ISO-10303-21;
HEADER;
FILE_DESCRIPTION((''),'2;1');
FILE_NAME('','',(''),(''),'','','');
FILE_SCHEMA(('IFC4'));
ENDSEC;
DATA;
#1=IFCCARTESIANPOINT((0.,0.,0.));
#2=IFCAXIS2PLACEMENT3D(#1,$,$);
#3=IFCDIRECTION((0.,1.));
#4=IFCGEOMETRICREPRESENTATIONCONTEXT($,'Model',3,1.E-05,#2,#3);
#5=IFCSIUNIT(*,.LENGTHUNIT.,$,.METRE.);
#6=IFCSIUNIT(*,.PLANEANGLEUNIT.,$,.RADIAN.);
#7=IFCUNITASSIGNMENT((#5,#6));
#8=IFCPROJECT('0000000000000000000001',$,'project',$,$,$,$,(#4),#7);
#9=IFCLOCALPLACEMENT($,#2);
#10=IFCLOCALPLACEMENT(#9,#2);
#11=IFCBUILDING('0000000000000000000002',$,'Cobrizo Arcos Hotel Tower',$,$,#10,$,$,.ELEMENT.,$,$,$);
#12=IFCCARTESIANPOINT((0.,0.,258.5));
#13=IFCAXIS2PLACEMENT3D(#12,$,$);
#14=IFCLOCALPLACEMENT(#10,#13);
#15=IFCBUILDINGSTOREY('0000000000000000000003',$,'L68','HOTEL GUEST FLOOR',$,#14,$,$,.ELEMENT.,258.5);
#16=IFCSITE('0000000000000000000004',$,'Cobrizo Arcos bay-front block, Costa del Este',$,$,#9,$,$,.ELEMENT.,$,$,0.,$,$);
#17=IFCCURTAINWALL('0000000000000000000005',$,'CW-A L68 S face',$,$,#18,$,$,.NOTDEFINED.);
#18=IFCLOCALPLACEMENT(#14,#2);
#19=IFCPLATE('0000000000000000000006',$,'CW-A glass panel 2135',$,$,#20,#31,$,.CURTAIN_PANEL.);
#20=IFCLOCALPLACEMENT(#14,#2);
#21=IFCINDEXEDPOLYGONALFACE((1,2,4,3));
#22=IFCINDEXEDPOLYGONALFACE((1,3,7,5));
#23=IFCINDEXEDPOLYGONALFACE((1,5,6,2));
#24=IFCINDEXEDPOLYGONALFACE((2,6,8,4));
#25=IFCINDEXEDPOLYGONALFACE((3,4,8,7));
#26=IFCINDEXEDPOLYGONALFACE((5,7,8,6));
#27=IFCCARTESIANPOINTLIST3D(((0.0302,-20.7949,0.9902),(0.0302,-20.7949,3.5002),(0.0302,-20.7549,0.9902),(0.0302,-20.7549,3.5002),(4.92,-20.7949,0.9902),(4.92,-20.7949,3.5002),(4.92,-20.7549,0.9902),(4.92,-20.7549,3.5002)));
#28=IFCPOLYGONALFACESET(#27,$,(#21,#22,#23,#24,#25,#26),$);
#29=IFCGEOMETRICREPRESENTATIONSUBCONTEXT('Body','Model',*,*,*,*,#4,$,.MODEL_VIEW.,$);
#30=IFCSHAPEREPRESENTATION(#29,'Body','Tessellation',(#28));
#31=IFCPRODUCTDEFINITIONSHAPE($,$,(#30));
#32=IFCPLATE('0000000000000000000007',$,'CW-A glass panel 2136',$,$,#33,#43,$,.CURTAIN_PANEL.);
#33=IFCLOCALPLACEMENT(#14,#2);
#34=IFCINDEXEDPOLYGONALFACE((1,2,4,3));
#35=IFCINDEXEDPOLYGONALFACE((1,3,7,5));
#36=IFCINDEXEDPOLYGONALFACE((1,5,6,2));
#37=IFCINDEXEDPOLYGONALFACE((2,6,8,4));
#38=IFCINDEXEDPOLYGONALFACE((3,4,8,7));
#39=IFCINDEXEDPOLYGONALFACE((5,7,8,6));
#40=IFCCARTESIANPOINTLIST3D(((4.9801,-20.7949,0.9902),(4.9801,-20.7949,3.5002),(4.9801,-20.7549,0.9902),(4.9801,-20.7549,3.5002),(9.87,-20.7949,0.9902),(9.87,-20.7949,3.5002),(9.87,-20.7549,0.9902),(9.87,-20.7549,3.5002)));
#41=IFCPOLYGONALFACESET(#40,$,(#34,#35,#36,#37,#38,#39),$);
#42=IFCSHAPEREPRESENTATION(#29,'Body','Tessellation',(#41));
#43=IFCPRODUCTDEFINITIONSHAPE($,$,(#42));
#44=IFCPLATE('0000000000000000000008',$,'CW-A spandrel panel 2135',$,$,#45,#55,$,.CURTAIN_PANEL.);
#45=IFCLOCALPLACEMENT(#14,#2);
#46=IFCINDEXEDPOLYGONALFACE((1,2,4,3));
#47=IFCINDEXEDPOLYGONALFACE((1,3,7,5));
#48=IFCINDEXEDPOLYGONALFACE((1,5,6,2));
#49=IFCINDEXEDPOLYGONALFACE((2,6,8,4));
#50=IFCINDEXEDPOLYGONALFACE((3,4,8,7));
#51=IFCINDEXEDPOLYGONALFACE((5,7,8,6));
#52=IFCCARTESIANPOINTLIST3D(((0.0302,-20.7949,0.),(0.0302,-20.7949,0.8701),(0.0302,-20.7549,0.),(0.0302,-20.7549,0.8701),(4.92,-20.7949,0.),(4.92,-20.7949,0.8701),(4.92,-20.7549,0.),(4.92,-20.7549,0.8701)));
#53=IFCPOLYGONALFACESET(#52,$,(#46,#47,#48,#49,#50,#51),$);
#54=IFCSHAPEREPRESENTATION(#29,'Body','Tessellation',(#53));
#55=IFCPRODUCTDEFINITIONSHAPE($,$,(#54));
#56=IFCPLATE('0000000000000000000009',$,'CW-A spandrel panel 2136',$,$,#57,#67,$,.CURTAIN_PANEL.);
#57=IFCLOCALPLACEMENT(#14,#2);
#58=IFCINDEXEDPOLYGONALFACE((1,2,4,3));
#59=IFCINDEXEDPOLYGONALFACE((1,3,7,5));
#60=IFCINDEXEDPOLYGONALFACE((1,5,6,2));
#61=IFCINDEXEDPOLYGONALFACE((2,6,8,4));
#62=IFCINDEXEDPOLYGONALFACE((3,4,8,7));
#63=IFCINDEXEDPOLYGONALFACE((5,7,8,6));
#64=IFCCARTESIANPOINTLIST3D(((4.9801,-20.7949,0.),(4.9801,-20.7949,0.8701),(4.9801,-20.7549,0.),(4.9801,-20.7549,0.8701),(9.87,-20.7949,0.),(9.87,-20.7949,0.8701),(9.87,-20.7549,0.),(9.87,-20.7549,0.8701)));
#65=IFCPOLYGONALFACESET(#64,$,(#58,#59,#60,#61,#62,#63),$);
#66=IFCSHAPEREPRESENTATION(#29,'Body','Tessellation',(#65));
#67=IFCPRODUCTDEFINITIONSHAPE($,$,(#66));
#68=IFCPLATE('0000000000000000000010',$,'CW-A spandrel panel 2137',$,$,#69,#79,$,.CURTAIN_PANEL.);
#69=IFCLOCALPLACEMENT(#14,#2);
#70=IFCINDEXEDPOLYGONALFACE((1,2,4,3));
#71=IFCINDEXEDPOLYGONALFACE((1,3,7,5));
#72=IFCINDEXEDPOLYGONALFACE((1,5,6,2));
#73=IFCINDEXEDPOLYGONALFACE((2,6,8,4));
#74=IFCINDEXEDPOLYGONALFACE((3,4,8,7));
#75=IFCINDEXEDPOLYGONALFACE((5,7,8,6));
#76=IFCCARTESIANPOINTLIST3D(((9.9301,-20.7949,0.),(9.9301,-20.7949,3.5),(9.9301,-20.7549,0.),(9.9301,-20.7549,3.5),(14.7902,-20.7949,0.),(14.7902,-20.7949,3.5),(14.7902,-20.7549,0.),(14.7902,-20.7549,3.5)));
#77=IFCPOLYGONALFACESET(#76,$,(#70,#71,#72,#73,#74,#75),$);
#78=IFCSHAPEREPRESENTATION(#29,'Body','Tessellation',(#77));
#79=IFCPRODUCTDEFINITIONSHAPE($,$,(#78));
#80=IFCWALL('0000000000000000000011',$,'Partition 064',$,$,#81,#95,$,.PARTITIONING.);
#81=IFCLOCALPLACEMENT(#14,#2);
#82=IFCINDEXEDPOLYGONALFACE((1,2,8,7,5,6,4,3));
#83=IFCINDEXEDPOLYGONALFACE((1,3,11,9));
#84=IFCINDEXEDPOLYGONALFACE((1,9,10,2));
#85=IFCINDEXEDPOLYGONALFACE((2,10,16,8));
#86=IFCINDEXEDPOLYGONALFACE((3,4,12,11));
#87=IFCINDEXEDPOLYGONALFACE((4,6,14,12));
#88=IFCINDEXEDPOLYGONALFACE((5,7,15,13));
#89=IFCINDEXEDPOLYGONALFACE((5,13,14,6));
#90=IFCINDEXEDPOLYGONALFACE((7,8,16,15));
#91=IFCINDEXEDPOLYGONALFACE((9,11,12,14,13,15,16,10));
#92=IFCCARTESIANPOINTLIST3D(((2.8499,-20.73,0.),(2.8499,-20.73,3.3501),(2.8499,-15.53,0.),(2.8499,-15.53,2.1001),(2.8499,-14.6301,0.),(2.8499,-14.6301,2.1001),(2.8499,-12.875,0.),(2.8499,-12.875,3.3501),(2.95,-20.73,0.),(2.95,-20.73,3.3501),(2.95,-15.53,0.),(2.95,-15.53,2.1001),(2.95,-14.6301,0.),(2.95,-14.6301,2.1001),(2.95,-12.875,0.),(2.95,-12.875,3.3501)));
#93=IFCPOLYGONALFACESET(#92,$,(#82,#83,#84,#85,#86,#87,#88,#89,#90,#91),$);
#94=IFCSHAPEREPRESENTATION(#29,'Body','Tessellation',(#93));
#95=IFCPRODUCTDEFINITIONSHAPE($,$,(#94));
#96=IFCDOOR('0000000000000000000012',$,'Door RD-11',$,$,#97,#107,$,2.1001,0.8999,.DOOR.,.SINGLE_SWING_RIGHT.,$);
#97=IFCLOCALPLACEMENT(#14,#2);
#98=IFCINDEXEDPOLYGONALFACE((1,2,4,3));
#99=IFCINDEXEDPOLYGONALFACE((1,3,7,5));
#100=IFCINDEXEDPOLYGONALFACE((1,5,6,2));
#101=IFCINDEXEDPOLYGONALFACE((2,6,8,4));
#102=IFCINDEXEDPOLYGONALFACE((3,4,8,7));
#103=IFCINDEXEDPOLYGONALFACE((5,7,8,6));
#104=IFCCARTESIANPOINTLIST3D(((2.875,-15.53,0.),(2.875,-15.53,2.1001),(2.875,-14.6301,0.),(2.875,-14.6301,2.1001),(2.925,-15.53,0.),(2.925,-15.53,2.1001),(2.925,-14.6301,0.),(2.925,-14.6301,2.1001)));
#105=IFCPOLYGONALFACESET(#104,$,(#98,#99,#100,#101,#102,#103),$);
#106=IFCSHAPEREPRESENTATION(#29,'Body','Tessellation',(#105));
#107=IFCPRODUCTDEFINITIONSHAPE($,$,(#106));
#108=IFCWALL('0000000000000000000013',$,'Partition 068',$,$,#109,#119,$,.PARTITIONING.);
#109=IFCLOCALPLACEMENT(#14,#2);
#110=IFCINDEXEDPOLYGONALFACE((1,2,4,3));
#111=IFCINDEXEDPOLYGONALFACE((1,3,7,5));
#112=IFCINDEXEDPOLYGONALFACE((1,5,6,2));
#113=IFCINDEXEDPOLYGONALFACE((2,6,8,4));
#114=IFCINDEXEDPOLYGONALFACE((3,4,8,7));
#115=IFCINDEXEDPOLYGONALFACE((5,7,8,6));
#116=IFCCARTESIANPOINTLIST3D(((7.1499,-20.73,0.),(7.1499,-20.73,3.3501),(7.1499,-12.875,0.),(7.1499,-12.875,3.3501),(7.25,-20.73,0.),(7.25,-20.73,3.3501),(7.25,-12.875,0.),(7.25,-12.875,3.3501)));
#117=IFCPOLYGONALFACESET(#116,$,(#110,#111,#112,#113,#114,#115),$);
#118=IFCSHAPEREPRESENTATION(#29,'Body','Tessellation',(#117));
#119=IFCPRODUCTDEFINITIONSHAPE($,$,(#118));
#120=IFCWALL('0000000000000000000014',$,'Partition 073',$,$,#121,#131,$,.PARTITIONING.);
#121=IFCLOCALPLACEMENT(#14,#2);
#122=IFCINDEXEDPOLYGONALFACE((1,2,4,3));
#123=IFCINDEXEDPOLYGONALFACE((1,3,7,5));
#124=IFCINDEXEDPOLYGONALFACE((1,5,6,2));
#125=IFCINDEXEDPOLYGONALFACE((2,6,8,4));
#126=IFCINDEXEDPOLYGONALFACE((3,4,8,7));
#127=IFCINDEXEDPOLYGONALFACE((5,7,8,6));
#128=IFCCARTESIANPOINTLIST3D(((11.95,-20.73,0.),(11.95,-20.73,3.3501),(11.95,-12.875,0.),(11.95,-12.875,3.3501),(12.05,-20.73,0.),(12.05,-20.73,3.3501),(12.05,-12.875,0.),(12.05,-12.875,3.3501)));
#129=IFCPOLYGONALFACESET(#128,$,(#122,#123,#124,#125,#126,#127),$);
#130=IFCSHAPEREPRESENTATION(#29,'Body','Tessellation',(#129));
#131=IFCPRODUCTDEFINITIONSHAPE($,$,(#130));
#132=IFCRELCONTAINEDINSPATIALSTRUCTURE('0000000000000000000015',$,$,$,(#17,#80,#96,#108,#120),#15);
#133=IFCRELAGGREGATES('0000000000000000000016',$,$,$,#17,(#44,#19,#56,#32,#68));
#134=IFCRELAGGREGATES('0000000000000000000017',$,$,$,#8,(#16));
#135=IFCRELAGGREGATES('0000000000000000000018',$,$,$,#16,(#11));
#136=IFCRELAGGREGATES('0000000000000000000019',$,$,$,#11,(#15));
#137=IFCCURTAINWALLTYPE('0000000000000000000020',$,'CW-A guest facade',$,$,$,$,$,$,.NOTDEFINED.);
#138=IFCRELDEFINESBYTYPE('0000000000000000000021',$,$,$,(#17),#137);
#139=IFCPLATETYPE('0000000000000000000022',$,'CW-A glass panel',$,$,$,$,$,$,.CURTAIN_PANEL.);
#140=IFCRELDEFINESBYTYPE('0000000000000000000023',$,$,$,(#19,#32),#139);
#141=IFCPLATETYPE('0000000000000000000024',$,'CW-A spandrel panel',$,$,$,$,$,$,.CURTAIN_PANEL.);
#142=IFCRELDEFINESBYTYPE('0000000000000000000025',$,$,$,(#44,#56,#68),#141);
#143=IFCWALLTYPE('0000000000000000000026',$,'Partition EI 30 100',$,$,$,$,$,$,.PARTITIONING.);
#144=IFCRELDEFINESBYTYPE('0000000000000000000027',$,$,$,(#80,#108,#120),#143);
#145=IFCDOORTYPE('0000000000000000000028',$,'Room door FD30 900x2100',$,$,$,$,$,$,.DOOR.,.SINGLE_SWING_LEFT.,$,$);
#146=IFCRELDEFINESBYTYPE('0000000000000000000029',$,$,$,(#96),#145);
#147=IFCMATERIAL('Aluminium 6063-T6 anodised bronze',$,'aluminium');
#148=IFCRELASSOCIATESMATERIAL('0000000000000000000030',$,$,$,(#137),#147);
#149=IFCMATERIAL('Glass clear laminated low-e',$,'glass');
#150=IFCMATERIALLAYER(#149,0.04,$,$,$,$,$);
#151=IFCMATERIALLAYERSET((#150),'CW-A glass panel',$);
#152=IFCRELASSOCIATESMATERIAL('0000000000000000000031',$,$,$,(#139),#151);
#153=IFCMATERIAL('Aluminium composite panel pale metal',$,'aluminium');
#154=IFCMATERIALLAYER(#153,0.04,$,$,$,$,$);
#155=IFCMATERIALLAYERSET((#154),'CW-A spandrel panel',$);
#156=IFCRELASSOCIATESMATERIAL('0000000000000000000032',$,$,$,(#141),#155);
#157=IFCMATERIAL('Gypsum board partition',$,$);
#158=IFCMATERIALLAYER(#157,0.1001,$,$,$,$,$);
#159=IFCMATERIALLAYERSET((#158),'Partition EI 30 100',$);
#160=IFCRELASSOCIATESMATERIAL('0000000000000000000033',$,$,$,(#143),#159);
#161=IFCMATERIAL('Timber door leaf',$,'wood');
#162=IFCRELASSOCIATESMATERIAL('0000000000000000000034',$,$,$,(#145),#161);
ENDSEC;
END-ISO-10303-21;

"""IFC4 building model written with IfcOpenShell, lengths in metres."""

from ifc_helpers import new_model, si_unit, direction, frame, frame_2d, origin, origin_2d, place, context, subcontext, project, spatial, rectangle, extrude, material, layer, layer_set, type_object, element, fill, aggregate, save


model = new_model("IFC4")

# Units and contexts
model_context = context("Model", 3, precision=1e-05, world=origin(), true_north=direction((0.0, 1.0)))
body_context = subcontext(model_context, "Body", "Model", "MODEL_VIEW")
ifc_project = project(units=[si_unit("LENGTHUNIT", "METRE"), si_unit("PLANEANGLEUNIT", "RADIAN")], contexts=[model_context])

# Site, building, storey
site_placement = place(None, origin())
site = spatial("IfcSite", under=ifc_project, at=site_placement, Name="Cobrizo Arcos bay-front block, Costa del Este", CompositionType="ELEMENT", RefElevation=0.0)
building_placement = place(site_placement, origin())
building = spatial("IfcBuilding", under=site, at=building_placement, Name="Cobrizo Arcos Hotel Tower", CompositionType="ELEMENT")
storey_placement = place(building_placement, frame((0.0, 0.0, 258.5)))
storey = spatial("IfcBuildingStorey", under=building, at=storey_placement, Name="L68", Description="HOTEL GUEST FLOOR", CompositionType="ELEMENT", Elevation=258.5)

# Curtain wall
ifc_material_1 = material(Name="Aluminium 6063-T6 anodised bronze", Category="aluminium")
curtain_wall_type = type_object("IfcCurtainWallType", Name="CW-A guest facade", PredefinedType="NOTDEFINED", material=ifc_material_1)
curtain_wall_placement = place(storey_placement, origin())
curtain_wall = element("IfcCurtainWall", 1, at=curtain_wall_placement, inside=storey, type_object=curtain_wall_type, Name="CW-A L68 S face", PredefinedType="NOTDEFINED")

# Plates
ifc_material_2 = material(Name="Glass clear laminated low-e", Category="glass")
ifc_layer_1 = layer(ifc_material_2, 0.04)
ifc_layer_set_1 = layer_set([ifc_layer_1], Name="CW-A glass panel")
plate_type_1 = type_object("IfcPlateType", Name="CW-A glass panel", PredefinedType="CURTAIN_PANEL", material=ifc_layer_set_1)
plate_1_placement = place(storey_placement, frame((2.4751, -20.7749, 0.9902), z_axis=(0.0, 0.0, 1.0), x_axis=(1.0, 0.0, 0.0)))
plate_1 = element("IfcPlate", 2, at=plate_1_placement, type_object=plate_type_1, Name="CW-A glass panel 2135", PredefinedType="CURTAIN_PANEL", context=body_context, shape_type="SweptSolid", body=[
    extrude(rectangle(XDim=4.8899, YDim=0.04, at=origin_2d()), origin(), (0.0, 0.0, 1.0), 2.51),
])
plate_2_placement = place(storey_placement, frame((7.425, -20.7749, 0.9902), z_axis=(0.0, 0.0, 1.0), x_axis=(1.0, 0.0, 0.0)))
plate_2 = element("IfcPlate", 3, at=plate_2_placement, type_object=plate_type_1, Name="CW-A glass panel 2136", PredefinedType="CURTAIN_PANEL", context=body_context, shape_type="SweptSolid", body=[
    extrude(rectangle(XDim=4.8899, YDim=0.04, at=origin_2d()), origin(), (0.0, 0.0, 1.0), 2.51),
])
ifc_material_3 = material(Name="Aluminium composite panel pale metal", Category="aluminium")
ifc_layer_2 = layer(ifc_material_3, 0.04)
ifc_layer_set_2 = layer_set([ifc_layer_2], Name="CW-A spandrel panel")
plate_type_2 = type_object("IfcPlateType", Name="CW-A spandrel panel", PredefinedType="CURTAIN_PANEL", material=ifc_layer_set_2)
plate_3_placement = place(storey_placement, frame((2.4751, -20.7749, 0.0), z_axis=(0.0, 0.0, 1.0), x_axis=(1.0, 0.0, 0.0)))
plate_3 = element("IfcPlate", 4, at=plate_3_placement, type_object=plate_type_2, Name="CW-A spandrel panel 2135", PredefinedType="CURTAIN_PANEL", context=body_context, shape_type="SweptSolid", body=[
    extrude(rectangle(XDim=4.8899, YDim=0.04, at=origin_2d()), origin(), (0.0, 0.0, 1.0), 0.8701),
])
plate_4_placement = place(storey_placement, frame((7.425, -20.7749, 0.0), z_axis=(0.0, 0.0, 1.0), x_axis=(1.0, 0.0, 0.0)))
plate_4 = element("IfcPlate", 5, at=plate_4_placement, type_object=plate_type_2, Name="CW-A spandrel panel 2136", PredefinedType="CURTAIN_PANEL", context=body_context, shape_type="SweptSolid", body=[
    extrude(rectangle(XDim=4.8899, YDim=0.04, at=origin_2d()), origin(), (0.0, 0.0, 1.0), 0.8701),
])
plate_5_placement = place(storey_placement, frame((12.3601, -20.7749, 0.0), z_axis=(0.0, 0.0, 1.0), x_axis=(1.0, 0.0, 0.0)))
plate_5 = element("IfcPlate", 6, at=plate_5_placement, type_object=plate_type_2, Name="CW-A spandrel panel 2137", PredefinedType="CURTAIN_PANEL", context=body_context, shape_type="SweptSolid", body=[
    extrude(rectangle(XDim=4.8601, YDim=0.04, at=origin_2d()), origin(), (0.0, 0.0, 1.0), 3.5),
])
aggregate(curtain_wall, [plate_3, plate_1, plate_4, plate_2, plate_5])

# Wall, opening, door
ifc_material_4 = material(Name="Gypsum board partition")
ifc_layer_3 = layer(ifc_material_4, 0.1001)
ifc_layer_set_3 = layer_set([ifc_layer_3], Name="Partition EI 30 100")
wall_type = type_object("IfcWallType", Name="Partition EI 30 100", PredefinedType="PARTITIONING", material=ifc_layer_set_3)
wall_placement = place(storey_placement, frame((2.8999, -20.73, 0.0), z_axis=(0.0, 0.0, 1.0), x_axis=(0.0, 1.0, 0.0)))
wall = element("IfcWall", 7, at=wall_placement, inside=storey, type_object=wall_type, Name="Partition 064", PredefinedType="PARTITIONING", context=body_context, shape_type="SweptSolid", body=[
    extrude(rectangle(XDim=7.855, YDim=0.1001, at=frame_2d((3.9275, 0.0))), origin(), (0.0, 0.0, 1.0), 3.3501),
])
opening_placement = place(wall_placement, frame((5.2, 0.0, 0.0)))
opening = element("IfcOpeningElement", 8, at=opening_placement, cuts=wall, PredefinedType="OPENING", context=body_context, shape_type="SweptSolid", body=[
    extrude(rectangle(XDim=0.8999, YDim=2.1001, at=frame_2d((0.45, 1.05))), frame((0.0, 0.062, 0.0), z_axis=(0.0, -1.0, 0.0), x_axis=(1.0, 0.0, 0.0)), (0.0, 0.0, 1.0), 0.124),
])
ifc_material_5 = material(Name="Timber door leaf", Category="wood")
door_type = type_object("IfcDoorType", Name="Room door FD30 900x2100", OperationType="SINGLE_SWING_LEFT", PredefinedType="DOOR", material=ifc_material_5)
door_placement = place(opening_placement, origin())
door = element("IfcDoor", 9, at=door_placement, inside=storey, type_object=door_type, Name="Door RD-11", OperationType="SINGLE_SWING_RIGHT", OverallHeight=2.1001, OverallWidth=0.8999, PredefinedType="DOOR", context=body_context, shape_type="SweptSolid", body=[
    extrude(rectangle(XDim=0.8999, YDim=2.1001, at=frame_2d((0.45, 1.05))), frame((0.0, 0.0249, 0.0), z_axis=(0.0, -1.0, 0.0), x_axis=(1.0, 0.0, 0.0)), (0.0, 0.0, 1.0), 0.05),
])
fill(opening, door)

# Walls
for number, where, z_axis, x_axis, name in (
    (10, (7.2, -20.73, 0.0), (0.0, 0.0, 1.0), (0.0, 1.0, 0.0), "Partition 068"),
    (11, (12.0, -20.73, 0.0), (0.0, 0.0, 1.0), (0.0, 1.0, 0.0), "Partition 073"),
):
    element("IfcWall", number, at=place(storey_placement, frame(where, z_axis=z_axis, x_axis=x_axis)), inside=storey, type_object=wall_type, Name=name, PredefinedType="PARTITIONING", context=body_context, shape_type="SweptSolid", body=[
        extrude(rectangle(XDim=7.855, YDim=0.1001, at=frame_2d((3.9275, 0.0))), origin(), (0.0, 0.0, 1.0), 3.3501),
    ])

save(model, "model.ifc")
